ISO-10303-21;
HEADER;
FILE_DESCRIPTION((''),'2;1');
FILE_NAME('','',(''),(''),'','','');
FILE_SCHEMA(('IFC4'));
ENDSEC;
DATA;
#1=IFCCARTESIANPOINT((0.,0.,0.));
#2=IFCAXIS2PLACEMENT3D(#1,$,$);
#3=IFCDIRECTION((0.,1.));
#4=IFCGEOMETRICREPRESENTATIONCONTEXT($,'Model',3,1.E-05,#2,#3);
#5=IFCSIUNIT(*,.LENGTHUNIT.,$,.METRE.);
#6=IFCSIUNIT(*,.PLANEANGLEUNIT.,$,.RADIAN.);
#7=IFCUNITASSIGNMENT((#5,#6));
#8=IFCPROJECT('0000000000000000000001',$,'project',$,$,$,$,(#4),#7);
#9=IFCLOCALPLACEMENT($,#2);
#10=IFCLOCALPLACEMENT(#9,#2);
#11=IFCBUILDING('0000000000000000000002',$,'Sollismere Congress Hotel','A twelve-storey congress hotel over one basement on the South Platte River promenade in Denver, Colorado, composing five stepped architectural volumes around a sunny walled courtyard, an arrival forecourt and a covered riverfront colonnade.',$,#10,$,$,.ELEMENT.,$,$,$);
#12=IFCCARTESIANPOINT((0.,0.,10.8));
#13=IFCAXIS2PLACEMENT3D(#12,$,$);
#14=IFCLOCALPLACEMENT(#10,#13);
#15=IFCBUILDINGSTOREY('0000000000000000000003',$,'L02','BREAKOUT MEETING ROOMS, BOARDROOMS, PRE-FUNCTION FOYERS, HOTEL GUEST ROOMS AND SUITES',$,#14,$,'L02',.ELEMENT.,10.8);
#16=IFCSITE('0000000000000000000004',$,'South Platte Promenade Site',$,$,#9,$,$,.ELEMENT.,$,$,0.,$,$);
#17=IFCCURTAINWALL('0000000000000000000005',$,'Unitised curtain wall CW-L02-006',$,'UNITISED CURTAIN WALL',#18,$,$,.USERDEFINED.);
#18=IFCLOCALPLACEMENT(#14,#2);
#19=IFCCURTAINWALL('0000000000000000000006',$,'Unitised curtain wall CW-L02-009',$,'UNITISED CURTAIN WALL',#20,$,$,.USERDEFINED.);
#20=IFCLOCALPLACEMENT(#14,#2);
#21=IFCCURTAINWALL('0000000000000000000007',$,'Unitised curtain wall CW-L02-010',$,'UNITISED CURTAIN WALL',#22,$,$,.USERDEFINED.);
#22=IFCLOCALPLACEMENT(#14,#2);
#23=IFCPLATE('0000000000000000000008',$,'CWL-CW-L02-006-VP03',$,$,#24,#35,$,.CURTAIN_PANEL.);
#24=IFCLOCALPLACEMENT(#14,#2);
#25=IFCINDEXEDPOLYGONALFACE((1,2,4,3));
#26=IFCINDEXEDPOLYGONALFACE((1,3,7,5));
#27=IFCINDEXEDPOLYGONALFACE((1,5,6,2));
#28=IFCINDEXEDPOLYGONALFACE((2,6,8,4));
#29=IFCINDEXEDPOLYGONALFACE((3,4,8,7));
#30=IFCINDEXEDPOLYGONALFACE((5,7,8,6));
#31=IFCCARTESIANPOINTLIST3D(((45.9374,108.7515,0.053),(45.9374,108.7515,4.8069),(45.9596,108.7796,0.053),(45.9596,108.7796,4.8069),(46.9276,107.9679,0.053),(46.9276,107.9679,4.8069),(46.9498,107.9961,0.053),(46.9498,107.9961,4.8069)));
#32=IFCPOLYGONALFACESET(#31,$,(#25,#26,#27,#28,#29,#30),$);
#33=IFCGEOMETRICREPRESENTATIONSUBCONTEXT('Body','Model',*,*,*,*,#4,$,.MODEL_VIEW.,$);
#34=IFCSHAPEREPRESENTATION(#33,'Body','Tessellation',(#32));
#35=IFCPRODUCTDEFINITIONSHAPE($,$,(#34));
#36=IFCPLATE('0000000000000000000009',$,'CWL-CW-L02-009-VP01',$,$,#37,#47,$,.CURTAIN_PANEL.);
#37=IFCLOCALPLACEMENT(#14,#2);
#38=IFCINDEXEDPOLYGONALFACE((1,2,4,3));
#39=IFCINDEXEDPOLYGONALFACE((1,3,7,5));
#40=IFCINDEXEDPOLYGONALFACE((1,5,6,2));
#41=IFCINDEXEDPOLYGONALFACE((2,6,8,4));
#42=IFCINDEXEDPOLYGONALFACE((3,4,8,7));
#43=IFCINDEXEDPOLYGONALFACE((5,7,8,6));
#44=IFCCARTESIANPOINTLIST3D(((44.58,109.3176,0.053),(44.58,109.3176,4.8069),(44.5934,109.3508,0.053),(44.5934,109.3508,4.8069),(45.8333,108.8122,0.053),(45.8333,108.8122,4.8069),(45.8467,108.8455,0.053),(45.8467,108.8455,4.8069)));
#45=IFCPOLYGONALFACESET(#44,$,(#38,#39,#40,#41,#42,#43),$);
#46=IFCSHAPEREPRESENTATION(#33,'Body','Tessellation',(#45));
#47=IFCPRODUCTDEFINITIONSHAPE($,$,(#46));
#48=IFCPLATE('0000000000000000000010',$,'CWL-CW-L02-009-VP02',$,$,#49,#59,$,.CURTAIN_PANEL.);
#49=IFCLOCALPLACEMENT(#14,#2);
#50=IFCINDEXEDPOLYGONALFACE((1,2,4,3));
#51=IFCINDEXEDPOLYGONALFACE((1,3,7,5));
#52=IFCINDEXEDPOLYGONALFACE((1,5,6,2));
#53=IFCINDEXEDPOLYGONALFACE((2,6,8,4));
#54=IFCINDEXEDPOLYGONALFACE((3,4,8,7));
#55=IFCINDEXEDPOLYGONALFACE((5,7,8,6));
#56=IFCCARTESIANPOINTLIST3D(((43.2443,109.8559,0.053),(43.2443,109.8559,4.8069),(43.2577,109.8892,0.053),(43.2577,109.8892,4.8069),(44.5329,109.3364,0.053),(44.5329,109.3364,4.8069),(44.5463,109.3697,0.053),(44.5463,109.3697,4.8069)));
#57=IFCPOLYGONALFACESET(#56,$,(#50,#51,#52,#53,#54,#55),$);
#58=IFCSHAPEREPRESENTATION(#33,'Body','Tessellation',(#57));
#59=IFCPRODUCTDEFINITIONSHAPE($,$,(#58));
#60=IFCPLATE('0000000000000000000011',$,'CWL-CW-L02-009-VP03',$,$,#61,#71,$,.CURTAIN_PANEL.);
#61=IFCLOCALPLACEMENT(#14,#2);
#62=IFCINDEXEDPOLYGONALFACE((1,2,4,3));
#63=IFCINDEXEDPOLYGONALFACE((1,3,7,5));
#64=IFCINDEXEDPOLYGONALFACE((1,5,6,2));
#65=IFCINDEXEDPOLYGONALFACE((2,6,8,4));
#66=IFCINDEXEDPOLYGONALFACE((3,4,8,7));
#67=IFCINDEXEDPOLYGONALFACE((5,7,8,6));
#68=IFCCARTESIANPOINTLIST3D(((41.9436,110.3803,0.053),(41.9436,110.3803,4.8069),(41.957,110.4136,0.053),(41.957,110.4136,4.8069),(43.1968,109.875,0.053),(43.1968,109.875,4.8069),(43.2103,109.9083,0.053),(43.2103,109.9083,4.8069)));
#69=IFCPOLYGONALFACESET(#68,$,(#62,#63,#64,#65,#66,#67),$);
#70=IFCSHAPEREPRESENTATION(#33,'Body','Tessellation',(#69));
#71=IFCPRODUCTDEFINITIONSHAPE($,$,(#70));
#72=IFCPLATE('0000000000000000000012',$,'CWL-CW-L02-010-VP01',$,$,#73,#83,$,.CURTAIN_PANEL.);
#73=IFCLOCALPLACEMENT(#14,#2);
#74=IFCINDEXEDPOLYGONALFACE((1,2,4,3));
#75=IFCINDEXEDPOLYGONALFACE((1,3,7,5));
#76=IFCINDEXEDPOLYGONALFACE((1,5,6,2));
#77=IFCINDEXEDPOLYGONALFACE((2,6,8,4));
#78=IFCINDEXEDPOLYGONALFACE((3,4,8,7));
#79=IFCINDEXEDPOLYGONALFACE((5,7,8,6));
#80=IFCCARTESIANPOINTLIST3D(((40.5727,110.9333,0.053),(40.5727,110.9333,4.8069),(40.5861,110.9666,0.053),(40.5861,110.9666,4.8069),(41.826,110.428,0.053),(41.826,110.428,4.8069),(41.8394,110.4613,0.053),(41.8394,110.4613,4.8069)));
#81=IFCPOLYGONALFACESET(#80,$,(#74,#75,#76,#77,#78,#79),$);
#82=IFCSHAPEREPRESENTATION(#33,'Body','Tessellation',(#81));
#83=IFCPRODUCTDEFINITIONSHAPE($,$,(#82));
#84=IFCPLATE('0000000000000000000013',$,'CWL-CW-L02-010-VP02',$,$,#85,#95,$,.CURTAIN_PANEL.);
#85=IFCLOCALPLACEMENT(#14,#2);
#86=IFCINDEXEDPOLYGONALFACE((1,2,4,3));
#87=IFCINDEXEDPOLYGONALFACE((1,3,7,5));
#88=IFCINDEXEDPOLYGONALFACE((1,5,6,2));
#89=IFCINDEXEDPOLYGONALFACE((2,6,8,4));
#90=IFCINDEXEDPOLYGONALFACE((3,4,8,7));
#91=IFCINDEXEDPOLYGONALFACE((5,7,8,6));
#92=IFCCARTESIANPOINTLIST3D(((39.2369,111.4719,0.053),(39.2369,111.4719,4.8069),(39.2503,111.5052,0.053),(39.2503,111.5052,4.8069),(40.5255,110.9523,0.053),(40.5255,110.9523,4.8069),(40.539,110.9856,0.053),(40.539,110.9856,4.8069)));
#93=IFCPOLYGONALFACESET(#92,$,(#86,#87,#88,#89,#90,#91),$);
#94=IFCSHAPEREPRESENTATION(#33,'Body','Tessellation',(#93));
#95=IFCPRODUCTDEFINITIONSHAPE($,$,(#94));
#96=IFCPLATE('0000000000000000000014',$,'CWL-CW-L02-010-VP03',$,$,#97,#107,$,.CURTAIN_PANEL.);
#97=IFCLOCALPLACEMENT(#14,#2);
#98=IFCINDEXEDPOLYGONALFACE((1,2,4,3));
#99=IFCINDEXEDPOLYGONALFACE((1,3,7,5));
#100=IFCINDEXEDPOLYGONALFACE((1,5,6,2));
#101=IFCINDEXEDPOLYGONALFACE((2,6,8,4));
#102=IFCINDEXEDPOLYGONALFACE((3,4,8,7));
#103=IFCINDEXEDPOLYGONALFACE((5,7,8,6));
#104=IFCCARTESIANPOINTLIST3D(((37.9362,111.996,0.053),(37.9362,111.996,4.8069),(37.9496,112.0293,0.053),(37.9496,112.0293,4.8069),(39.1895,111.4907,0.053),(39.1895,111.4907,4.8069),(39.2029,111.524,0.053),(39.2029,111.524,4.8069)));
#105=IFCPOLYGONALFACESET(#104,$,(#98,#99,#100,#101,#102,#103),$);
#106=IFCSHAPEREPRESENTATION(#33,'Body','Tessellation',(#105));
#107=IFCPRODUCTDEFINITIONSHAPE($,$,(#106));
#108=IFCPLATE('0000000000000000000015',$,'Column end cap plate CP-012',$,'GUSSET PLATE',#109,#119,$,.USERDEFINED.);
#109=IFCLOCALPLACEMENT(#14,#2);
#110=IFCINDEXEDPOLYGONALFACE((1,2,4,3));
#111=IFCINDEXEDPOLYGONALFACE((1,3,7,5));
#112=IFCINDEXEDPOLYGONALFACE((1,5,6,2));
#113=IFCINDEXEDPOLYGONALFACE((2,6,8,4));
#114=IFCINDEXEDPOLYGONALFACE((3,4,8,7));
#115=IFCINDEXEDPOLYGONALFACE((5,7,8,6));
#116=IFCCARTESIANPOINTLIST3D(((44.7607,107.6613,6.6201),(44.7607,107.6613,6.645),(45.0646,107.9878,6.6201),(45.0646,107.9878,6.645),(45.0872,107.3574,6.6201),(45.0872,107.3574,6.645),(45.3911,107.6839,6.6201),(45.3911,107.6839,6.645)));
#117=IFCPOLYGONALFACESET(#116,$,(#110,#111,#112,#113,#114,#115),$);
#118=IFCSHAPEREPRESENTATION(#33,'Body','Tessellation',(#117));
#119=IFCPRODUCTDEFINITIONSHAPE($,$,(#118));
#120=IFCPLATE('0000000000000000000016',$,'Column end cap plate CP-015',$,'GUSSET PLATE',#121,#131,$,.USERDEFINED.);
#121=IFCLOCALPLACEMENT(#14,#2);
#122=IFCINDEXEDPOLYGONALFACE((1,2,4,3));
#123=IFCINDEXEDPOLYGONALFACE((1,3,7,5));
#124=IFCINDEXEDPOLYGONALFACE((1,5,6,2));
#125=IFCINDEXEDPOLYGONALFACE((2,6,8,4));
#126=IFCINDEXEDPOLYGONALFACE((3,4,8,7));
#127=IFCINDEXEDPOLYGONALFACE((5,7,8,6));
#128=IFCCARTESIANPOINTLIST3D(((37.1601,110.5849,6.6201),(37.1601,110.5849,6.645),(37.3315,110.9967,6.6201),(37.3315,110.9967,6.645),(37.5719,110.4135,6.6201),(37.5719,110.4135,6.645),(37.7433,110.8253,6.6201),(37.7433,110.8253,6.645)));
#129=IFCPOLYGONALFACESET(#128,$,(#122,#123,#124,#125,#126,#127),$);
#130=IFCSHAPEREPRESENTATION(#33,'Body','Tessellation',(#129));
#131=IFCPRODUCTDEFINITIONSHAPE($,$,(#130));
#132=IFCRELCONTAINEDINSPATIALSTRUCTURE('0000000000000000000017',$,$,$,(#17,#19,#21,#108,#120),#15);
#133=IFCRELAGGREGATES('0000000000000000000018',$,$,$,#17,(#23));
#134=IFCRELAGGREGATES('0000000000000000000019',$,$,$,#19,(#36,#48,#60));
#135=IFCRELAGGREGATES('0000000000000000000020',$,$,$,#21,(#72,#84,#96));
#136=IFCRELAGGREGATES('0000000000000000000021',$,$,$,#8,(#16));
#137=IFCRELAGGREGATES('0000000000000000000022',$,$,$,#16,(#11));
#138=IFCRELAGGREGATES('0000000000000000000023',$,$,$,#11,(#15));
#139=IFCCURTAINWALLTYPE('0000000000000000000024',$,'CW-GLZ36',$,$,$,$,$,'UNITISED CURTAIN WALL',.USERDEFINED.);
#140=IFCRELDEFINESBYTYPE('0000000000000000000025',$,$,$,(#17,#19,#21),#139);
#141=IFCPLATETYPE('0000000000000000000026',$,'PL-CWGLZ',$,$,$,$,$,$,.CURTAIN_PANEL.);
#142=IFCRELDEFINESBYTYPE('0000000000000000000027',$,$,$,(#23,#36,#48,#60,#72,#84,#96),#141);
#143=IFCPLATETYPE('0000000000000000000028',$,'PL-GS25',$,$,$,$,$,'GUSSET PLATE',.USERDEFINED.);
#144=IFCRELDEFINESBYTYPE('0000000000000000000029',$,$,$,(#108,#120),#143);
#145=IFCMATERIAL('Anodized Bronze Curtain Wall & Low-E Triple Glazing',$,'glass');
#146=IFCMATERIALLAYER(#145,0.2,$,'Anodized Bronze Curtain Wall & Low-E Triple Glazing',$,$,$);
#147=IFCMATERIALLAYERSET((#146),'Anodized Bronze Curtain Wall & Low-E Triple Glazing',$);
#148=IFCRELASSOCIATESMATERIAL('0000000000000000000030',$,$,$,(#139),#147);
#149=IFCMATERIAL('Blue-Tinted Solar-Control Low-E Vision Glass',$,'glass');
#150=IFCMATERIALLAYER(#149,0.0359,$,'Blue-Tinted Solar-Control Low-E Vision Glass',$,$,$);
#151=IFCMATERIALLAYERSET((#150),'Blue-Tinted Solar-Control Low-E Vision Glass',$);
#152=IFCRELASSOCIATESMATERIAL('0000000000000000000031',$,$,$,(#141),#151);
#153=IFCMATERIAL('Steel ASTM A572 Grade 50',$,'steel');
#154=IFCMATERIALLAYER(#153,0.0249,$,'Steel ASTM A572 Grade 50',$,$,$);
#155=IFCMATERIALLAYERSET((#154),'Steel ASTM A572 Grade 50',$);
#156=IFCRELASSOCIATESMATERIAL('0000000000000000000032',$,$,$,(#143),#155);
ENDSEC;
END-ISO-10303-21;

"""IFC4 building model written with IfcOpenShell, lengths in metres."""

from ifc_helpers import new_model, si_unit, direction, frame, origin, origin_2d, place, context, subcontext, project, spatial, rectangle, extrude, material, layer, layer_set, type_object, element, aggregate, save


model = new_model("IFC4")

# Units and contexts
model_context = context("Model", 3, precision=1e-05, world=origin(), true_north=direction((0.0, 1.0)))
body_context = subcontext(model_context, "Body", "Model", "MODEL_VIEW")
ifc_project = project(units=[si_unit("LENGTHUNIT", "METRE"), si_unit("PLANEANGLEUNIT", "RADIAN")], contexts=[model_context])

# Site, building, storey
site_placement = place(None, origin())
site = spatial("IfcSite", under=ifc_project, at=site_placement, Name="South Platte Promenade Site", CompositionType="ELEMENT", RefElevation=0.0)
building_placement = place(site_placement, origin())
building = spatial("IfcBuilding", under=site, at=building_placement, Name="Sollismere Congress Hotel", Description="A twelve-storey congress hotel over one basement on the South Platte River promenade in Denver, Colorado, composing five stepped architectural volumes around a sunny walled courtyard, an arrival forecourt and a covered riverfront colonnade.", CompositionType="ELEMENT")
storey_placement = place(building_placement, frame((0.0, 0.0, 10.8)))
storey = spatial("IfcBuildingStorey", under=building, at=storey_placement, Name="L02", Description="BREAKOUT MEETING ROOMS, BOARDROOMS, PRE-FUNCTION FOYERS, HOTEL GUEST ROOMS AND SUITES", LongName="L02", CompositionType="ELEMENT", Elevation=10.8)

# Curtain walls
ifc_material_1 = material(Name="Anodized Bronze Curtain Wall & Low-E Triple Glazing", Category="glass")
ifc_layer_1 = layer(ifc_material_1, 0.2, Name="Anodized Bronze Curtain Wall & Low-E Triple Glazing")
ifc_layer_set_1 = layer_set([ifc_layer_1], Name="Anodized Bronze Curtain Wall & Low-E Triple Glazing")
curtain_wall_type = type_object("IfcCurtainWallType", Name="CW-GLZ36", ElementType="UNITISED CURTAIN WALL", PredefinedType="USERDEFINED", material=ifc_layer_set_1)
curtain_wall_1_placement = place(storey_placement, origin())
curtain_wall_1 = element("IfcCurtainWall", 1, at=curtain_wall_1_placement, inside=storey, type_object=curtain_wall_type, Name="Unitised curtain wall CW-L02-006", ObjectType="UNITISED CURTAIN WALL", PredefinedType="USERDEFINED")
curtain_wall_2_placement = place(storey_placement, origin())
curtain_wall_2 = element("IfcCurtainWall", 2, at=curtain_wall_2_placement, inside=storey, type_object=curtain_wall_type, Name="Unitised curtain wall CW-L02-009", ObjectType="UNITISED CURTAIN WALL", PredefinedType="USERDEFINED")
curtain_wall_3_placement = place(storey_placement, origin())
curtain_wall_3 = element("IfcCurtainWall", 3, at=curtain_wall_3_placement, inside=storey, type_object=curtain_wall_type, Name="Unitised curtain wall CW-L02-010", ObjectType="UNITISED CURTAIN WALL", PredefinedType="USERDEFINED")

# Plates
ifc_material_2 = material(Name="Blue-Tinted Solar-Control Low-E Vision Glass", Category="glass")
ifc_layer_2 = layer(ifc_material_2, 0.0359, Name="Blue-Tinted Solar-Control Low-E Vision Glass")
ifc_layer_set_2 = layer_set([ifc_layer_2], Name="Blue-Tinted Solar-Control Low-E Vision Glass")
plate_type_1 = type_object("IfcPlateType", Name="PL-CWGLZ", PredefinedType="CURTAIN_PANEL", material=ifc_layer_set_2)
plate_1_placement = place(storey_placement, frame((46.4436, 108.3738, 0.053), z_axis=(0.0, 0.0, 1.0), x_axis=(-0.784181, 0.620532, 0.0)))
plate_1 = element("IfcPlate", 4, at=plate_1_placement, type_object=plate_type_1, Name="CWL-CW-L02-006-VP03", PredefinedType="CURTAIN_PANEL", context=body_context, shape_type="SweptSolid", body=[
    extrude(rectangle(XDim=1.2627, YDim=0.0359, at=origin_2d()), origin(), (0.0, 0.0, 1.0), 4.7539),
])
aggregate(curtain_wall_1, [plate_1])
plate_2_placement = place(storey_placement, frame((45.2134, 109.0815, 0.053), z_axis=(0.0, 0.0, 1.0), x_axis=(-0.927452, 0.373943, 0.0)))
plate_2 = element("IfcPlate", 5, at=plate_2_placement, type_object=plate_type_1, Name="CWL-CW-L02-009-VP01", PredefinedType="CURTAIN_PANEL", context=body_context, shape_type="SweptSolid", body=[
    extrude(rectangle(XDim=1.3513, YDim=0.0359, at=origin_2d()), origin(), (0.0, 0.0, 1.0), 4.7539),
])
plate_3_placement = place(storey_placement, frame((43.8953, 109.6128, 0.053), z_axis=(0.0, 0.0, 1.0), x_axis=(-0.927452, 0.373943, 0.0)))
plate_3 = element("IfcPlate", 6, at=plate_3_placement, type_object=plate_type_1, Name="CWL-CW-L02-009-VP02", PredefinedType="CURTAIN_PANEL", context=body_context, shape_type="SweptSolid", body=[
    extrude(rectangle(XDim=1.3894, YDim=0.0359, at=origin_2d()), origin(), (0.0, 0.0, 1.0), 4.7539),
])
plate_4_placement = place(storey_placement, frame((42.5769, 110.1443, 0.053), z_axis=(0.0, 0.0, 1.0), x_axis=(-0.927452, 0.373943, 0.0)))
plate_4 = element("IfcPlate", 7, at=plate_4_placement, type_object=plate_type_1, Name="CWL-CW-L02-009-VP03", PredefinedType="CURTAIN_PANEL", context=body_context, shape_type="SweptSolid", body=[
    extrude(rectangle(XDim=1.3513, YDim=0.0359, at=origin_2d()), origin(), (0.0, 0.0, 1.0), 4.7539),
])
aggregate(curtain_wall_2, [plate_2, plate_3, plate_4])
plate_5_placement = place(storey_placement, frame((41.2061, 110.6973, 0.053), z_axis=(0.0, 0.0, 1.0), x_axis=(-0.927452, 0.373943, 0.0)))
plate_5 = element("IfcPlate", 8, at=plate_5_placement, type_object=plate_type_1, Name="CWL-CW-L02-010-VP01", PredefinedType="CURTAIN_PANEL", context=body_context, shape_type="SweptSolid", body=[
    extrude(rectangle(XDim=1.3513, YDim=0.0359, at=origin_2d()), origin(), (0.0, 0.0, 1.0), 4.7539),
])
plate_6_placement = place(storey_placement, frame((39.8879, 111.2288, 0.053), z_axis=(0.0, 0.0, 1.0), x_axis=(-0.927452, 0.373943, 0.0)))
plate_6 = element("IfcPlate", 9, at=plate_6_placement, type_object=plate_type_1, Name="CWL-CW-L02-010-VP02", PredefinedType="CURTAIN_PANEL", context=body_context, shape_type="SweptSolid", body=[
    extrude(rectangle(XDim=1.3894, YDim=0.0359, at=origin_2d()), origin(), (0.0, 0.0, 1.0), 4.7539),
])
plate_7_placement = place(storey_placement, frame((38.5696, 111.76, 0.053), z_axis=(0.0, 0.0, 1.0), x_axis=(-0.927452, 0.373943, 0.0)))
plate_7 = element("IfcPlate", 10, at=plate_7_placement, type_object=plate_type_1, Name="CWL-CW-L02-010-VP03", PredefinedType="CURTAIN_PANEL", context=body_context, shape_type="SweptSolid", body=[
    extrude(rectangle(XDim=1.3513, YDim=0.0359, at=origin_2d()), origin(), (0.0, 0.0, 1.0), 4.7539),
])
aggregate(curtain_wall_3, [plate_5, plate_6, plate_7])

# Plates
ifc_material_3 = material(Name="Steel ASTM A572 Grade 50", Category="steel")
ifc_layer_3 = layer(ifc_material_3, 0.0249, Name="Steel ASTM A572 Grade 50")
ifc_layer_set_3 = layer_set([ifc_layer_3], Name="Steel ASTM A572 Grade 50")
plate_type_2 = type_object("IfcPlateType", Name="PL-GS25", ElementType="GUSSET PLATE", PredefinedType="USERDEFINED", material=ifc_layer_set_3)
for number, where, z_axis, x_axis, name in (
    (11, (45.0759, 107.6726, 6.6201), (0.0, 0.0, 1.0), (0.68136, 0.731949, 0.0), "Column end cap plate CP-012"),
    (12, (37.4517, 110.7051, 6.6201), (0.0, 0.0, 1.0), (0.384295, 0.92321, 0.0), "Column end cap plate CP-015"),
):
    element("IfcPlate", number, at=place(storey_placement, frame(where, z_axis=z_axis, x_axis=x_axis)), inside=storey, type_object=plate_type_2, Name=name, ObjectType="GUSSET PLATE", PredefinedType="USERDEFINED", context=body_context, shape_type="SweptSolid", body=[
        extrude(rectangle(XDim=0.446, YDim=0.446, at=origin_2d()), origin(), (0.0, 0.0, 1.0), 0.0249),
    ])

save(model, "model.ifc")
